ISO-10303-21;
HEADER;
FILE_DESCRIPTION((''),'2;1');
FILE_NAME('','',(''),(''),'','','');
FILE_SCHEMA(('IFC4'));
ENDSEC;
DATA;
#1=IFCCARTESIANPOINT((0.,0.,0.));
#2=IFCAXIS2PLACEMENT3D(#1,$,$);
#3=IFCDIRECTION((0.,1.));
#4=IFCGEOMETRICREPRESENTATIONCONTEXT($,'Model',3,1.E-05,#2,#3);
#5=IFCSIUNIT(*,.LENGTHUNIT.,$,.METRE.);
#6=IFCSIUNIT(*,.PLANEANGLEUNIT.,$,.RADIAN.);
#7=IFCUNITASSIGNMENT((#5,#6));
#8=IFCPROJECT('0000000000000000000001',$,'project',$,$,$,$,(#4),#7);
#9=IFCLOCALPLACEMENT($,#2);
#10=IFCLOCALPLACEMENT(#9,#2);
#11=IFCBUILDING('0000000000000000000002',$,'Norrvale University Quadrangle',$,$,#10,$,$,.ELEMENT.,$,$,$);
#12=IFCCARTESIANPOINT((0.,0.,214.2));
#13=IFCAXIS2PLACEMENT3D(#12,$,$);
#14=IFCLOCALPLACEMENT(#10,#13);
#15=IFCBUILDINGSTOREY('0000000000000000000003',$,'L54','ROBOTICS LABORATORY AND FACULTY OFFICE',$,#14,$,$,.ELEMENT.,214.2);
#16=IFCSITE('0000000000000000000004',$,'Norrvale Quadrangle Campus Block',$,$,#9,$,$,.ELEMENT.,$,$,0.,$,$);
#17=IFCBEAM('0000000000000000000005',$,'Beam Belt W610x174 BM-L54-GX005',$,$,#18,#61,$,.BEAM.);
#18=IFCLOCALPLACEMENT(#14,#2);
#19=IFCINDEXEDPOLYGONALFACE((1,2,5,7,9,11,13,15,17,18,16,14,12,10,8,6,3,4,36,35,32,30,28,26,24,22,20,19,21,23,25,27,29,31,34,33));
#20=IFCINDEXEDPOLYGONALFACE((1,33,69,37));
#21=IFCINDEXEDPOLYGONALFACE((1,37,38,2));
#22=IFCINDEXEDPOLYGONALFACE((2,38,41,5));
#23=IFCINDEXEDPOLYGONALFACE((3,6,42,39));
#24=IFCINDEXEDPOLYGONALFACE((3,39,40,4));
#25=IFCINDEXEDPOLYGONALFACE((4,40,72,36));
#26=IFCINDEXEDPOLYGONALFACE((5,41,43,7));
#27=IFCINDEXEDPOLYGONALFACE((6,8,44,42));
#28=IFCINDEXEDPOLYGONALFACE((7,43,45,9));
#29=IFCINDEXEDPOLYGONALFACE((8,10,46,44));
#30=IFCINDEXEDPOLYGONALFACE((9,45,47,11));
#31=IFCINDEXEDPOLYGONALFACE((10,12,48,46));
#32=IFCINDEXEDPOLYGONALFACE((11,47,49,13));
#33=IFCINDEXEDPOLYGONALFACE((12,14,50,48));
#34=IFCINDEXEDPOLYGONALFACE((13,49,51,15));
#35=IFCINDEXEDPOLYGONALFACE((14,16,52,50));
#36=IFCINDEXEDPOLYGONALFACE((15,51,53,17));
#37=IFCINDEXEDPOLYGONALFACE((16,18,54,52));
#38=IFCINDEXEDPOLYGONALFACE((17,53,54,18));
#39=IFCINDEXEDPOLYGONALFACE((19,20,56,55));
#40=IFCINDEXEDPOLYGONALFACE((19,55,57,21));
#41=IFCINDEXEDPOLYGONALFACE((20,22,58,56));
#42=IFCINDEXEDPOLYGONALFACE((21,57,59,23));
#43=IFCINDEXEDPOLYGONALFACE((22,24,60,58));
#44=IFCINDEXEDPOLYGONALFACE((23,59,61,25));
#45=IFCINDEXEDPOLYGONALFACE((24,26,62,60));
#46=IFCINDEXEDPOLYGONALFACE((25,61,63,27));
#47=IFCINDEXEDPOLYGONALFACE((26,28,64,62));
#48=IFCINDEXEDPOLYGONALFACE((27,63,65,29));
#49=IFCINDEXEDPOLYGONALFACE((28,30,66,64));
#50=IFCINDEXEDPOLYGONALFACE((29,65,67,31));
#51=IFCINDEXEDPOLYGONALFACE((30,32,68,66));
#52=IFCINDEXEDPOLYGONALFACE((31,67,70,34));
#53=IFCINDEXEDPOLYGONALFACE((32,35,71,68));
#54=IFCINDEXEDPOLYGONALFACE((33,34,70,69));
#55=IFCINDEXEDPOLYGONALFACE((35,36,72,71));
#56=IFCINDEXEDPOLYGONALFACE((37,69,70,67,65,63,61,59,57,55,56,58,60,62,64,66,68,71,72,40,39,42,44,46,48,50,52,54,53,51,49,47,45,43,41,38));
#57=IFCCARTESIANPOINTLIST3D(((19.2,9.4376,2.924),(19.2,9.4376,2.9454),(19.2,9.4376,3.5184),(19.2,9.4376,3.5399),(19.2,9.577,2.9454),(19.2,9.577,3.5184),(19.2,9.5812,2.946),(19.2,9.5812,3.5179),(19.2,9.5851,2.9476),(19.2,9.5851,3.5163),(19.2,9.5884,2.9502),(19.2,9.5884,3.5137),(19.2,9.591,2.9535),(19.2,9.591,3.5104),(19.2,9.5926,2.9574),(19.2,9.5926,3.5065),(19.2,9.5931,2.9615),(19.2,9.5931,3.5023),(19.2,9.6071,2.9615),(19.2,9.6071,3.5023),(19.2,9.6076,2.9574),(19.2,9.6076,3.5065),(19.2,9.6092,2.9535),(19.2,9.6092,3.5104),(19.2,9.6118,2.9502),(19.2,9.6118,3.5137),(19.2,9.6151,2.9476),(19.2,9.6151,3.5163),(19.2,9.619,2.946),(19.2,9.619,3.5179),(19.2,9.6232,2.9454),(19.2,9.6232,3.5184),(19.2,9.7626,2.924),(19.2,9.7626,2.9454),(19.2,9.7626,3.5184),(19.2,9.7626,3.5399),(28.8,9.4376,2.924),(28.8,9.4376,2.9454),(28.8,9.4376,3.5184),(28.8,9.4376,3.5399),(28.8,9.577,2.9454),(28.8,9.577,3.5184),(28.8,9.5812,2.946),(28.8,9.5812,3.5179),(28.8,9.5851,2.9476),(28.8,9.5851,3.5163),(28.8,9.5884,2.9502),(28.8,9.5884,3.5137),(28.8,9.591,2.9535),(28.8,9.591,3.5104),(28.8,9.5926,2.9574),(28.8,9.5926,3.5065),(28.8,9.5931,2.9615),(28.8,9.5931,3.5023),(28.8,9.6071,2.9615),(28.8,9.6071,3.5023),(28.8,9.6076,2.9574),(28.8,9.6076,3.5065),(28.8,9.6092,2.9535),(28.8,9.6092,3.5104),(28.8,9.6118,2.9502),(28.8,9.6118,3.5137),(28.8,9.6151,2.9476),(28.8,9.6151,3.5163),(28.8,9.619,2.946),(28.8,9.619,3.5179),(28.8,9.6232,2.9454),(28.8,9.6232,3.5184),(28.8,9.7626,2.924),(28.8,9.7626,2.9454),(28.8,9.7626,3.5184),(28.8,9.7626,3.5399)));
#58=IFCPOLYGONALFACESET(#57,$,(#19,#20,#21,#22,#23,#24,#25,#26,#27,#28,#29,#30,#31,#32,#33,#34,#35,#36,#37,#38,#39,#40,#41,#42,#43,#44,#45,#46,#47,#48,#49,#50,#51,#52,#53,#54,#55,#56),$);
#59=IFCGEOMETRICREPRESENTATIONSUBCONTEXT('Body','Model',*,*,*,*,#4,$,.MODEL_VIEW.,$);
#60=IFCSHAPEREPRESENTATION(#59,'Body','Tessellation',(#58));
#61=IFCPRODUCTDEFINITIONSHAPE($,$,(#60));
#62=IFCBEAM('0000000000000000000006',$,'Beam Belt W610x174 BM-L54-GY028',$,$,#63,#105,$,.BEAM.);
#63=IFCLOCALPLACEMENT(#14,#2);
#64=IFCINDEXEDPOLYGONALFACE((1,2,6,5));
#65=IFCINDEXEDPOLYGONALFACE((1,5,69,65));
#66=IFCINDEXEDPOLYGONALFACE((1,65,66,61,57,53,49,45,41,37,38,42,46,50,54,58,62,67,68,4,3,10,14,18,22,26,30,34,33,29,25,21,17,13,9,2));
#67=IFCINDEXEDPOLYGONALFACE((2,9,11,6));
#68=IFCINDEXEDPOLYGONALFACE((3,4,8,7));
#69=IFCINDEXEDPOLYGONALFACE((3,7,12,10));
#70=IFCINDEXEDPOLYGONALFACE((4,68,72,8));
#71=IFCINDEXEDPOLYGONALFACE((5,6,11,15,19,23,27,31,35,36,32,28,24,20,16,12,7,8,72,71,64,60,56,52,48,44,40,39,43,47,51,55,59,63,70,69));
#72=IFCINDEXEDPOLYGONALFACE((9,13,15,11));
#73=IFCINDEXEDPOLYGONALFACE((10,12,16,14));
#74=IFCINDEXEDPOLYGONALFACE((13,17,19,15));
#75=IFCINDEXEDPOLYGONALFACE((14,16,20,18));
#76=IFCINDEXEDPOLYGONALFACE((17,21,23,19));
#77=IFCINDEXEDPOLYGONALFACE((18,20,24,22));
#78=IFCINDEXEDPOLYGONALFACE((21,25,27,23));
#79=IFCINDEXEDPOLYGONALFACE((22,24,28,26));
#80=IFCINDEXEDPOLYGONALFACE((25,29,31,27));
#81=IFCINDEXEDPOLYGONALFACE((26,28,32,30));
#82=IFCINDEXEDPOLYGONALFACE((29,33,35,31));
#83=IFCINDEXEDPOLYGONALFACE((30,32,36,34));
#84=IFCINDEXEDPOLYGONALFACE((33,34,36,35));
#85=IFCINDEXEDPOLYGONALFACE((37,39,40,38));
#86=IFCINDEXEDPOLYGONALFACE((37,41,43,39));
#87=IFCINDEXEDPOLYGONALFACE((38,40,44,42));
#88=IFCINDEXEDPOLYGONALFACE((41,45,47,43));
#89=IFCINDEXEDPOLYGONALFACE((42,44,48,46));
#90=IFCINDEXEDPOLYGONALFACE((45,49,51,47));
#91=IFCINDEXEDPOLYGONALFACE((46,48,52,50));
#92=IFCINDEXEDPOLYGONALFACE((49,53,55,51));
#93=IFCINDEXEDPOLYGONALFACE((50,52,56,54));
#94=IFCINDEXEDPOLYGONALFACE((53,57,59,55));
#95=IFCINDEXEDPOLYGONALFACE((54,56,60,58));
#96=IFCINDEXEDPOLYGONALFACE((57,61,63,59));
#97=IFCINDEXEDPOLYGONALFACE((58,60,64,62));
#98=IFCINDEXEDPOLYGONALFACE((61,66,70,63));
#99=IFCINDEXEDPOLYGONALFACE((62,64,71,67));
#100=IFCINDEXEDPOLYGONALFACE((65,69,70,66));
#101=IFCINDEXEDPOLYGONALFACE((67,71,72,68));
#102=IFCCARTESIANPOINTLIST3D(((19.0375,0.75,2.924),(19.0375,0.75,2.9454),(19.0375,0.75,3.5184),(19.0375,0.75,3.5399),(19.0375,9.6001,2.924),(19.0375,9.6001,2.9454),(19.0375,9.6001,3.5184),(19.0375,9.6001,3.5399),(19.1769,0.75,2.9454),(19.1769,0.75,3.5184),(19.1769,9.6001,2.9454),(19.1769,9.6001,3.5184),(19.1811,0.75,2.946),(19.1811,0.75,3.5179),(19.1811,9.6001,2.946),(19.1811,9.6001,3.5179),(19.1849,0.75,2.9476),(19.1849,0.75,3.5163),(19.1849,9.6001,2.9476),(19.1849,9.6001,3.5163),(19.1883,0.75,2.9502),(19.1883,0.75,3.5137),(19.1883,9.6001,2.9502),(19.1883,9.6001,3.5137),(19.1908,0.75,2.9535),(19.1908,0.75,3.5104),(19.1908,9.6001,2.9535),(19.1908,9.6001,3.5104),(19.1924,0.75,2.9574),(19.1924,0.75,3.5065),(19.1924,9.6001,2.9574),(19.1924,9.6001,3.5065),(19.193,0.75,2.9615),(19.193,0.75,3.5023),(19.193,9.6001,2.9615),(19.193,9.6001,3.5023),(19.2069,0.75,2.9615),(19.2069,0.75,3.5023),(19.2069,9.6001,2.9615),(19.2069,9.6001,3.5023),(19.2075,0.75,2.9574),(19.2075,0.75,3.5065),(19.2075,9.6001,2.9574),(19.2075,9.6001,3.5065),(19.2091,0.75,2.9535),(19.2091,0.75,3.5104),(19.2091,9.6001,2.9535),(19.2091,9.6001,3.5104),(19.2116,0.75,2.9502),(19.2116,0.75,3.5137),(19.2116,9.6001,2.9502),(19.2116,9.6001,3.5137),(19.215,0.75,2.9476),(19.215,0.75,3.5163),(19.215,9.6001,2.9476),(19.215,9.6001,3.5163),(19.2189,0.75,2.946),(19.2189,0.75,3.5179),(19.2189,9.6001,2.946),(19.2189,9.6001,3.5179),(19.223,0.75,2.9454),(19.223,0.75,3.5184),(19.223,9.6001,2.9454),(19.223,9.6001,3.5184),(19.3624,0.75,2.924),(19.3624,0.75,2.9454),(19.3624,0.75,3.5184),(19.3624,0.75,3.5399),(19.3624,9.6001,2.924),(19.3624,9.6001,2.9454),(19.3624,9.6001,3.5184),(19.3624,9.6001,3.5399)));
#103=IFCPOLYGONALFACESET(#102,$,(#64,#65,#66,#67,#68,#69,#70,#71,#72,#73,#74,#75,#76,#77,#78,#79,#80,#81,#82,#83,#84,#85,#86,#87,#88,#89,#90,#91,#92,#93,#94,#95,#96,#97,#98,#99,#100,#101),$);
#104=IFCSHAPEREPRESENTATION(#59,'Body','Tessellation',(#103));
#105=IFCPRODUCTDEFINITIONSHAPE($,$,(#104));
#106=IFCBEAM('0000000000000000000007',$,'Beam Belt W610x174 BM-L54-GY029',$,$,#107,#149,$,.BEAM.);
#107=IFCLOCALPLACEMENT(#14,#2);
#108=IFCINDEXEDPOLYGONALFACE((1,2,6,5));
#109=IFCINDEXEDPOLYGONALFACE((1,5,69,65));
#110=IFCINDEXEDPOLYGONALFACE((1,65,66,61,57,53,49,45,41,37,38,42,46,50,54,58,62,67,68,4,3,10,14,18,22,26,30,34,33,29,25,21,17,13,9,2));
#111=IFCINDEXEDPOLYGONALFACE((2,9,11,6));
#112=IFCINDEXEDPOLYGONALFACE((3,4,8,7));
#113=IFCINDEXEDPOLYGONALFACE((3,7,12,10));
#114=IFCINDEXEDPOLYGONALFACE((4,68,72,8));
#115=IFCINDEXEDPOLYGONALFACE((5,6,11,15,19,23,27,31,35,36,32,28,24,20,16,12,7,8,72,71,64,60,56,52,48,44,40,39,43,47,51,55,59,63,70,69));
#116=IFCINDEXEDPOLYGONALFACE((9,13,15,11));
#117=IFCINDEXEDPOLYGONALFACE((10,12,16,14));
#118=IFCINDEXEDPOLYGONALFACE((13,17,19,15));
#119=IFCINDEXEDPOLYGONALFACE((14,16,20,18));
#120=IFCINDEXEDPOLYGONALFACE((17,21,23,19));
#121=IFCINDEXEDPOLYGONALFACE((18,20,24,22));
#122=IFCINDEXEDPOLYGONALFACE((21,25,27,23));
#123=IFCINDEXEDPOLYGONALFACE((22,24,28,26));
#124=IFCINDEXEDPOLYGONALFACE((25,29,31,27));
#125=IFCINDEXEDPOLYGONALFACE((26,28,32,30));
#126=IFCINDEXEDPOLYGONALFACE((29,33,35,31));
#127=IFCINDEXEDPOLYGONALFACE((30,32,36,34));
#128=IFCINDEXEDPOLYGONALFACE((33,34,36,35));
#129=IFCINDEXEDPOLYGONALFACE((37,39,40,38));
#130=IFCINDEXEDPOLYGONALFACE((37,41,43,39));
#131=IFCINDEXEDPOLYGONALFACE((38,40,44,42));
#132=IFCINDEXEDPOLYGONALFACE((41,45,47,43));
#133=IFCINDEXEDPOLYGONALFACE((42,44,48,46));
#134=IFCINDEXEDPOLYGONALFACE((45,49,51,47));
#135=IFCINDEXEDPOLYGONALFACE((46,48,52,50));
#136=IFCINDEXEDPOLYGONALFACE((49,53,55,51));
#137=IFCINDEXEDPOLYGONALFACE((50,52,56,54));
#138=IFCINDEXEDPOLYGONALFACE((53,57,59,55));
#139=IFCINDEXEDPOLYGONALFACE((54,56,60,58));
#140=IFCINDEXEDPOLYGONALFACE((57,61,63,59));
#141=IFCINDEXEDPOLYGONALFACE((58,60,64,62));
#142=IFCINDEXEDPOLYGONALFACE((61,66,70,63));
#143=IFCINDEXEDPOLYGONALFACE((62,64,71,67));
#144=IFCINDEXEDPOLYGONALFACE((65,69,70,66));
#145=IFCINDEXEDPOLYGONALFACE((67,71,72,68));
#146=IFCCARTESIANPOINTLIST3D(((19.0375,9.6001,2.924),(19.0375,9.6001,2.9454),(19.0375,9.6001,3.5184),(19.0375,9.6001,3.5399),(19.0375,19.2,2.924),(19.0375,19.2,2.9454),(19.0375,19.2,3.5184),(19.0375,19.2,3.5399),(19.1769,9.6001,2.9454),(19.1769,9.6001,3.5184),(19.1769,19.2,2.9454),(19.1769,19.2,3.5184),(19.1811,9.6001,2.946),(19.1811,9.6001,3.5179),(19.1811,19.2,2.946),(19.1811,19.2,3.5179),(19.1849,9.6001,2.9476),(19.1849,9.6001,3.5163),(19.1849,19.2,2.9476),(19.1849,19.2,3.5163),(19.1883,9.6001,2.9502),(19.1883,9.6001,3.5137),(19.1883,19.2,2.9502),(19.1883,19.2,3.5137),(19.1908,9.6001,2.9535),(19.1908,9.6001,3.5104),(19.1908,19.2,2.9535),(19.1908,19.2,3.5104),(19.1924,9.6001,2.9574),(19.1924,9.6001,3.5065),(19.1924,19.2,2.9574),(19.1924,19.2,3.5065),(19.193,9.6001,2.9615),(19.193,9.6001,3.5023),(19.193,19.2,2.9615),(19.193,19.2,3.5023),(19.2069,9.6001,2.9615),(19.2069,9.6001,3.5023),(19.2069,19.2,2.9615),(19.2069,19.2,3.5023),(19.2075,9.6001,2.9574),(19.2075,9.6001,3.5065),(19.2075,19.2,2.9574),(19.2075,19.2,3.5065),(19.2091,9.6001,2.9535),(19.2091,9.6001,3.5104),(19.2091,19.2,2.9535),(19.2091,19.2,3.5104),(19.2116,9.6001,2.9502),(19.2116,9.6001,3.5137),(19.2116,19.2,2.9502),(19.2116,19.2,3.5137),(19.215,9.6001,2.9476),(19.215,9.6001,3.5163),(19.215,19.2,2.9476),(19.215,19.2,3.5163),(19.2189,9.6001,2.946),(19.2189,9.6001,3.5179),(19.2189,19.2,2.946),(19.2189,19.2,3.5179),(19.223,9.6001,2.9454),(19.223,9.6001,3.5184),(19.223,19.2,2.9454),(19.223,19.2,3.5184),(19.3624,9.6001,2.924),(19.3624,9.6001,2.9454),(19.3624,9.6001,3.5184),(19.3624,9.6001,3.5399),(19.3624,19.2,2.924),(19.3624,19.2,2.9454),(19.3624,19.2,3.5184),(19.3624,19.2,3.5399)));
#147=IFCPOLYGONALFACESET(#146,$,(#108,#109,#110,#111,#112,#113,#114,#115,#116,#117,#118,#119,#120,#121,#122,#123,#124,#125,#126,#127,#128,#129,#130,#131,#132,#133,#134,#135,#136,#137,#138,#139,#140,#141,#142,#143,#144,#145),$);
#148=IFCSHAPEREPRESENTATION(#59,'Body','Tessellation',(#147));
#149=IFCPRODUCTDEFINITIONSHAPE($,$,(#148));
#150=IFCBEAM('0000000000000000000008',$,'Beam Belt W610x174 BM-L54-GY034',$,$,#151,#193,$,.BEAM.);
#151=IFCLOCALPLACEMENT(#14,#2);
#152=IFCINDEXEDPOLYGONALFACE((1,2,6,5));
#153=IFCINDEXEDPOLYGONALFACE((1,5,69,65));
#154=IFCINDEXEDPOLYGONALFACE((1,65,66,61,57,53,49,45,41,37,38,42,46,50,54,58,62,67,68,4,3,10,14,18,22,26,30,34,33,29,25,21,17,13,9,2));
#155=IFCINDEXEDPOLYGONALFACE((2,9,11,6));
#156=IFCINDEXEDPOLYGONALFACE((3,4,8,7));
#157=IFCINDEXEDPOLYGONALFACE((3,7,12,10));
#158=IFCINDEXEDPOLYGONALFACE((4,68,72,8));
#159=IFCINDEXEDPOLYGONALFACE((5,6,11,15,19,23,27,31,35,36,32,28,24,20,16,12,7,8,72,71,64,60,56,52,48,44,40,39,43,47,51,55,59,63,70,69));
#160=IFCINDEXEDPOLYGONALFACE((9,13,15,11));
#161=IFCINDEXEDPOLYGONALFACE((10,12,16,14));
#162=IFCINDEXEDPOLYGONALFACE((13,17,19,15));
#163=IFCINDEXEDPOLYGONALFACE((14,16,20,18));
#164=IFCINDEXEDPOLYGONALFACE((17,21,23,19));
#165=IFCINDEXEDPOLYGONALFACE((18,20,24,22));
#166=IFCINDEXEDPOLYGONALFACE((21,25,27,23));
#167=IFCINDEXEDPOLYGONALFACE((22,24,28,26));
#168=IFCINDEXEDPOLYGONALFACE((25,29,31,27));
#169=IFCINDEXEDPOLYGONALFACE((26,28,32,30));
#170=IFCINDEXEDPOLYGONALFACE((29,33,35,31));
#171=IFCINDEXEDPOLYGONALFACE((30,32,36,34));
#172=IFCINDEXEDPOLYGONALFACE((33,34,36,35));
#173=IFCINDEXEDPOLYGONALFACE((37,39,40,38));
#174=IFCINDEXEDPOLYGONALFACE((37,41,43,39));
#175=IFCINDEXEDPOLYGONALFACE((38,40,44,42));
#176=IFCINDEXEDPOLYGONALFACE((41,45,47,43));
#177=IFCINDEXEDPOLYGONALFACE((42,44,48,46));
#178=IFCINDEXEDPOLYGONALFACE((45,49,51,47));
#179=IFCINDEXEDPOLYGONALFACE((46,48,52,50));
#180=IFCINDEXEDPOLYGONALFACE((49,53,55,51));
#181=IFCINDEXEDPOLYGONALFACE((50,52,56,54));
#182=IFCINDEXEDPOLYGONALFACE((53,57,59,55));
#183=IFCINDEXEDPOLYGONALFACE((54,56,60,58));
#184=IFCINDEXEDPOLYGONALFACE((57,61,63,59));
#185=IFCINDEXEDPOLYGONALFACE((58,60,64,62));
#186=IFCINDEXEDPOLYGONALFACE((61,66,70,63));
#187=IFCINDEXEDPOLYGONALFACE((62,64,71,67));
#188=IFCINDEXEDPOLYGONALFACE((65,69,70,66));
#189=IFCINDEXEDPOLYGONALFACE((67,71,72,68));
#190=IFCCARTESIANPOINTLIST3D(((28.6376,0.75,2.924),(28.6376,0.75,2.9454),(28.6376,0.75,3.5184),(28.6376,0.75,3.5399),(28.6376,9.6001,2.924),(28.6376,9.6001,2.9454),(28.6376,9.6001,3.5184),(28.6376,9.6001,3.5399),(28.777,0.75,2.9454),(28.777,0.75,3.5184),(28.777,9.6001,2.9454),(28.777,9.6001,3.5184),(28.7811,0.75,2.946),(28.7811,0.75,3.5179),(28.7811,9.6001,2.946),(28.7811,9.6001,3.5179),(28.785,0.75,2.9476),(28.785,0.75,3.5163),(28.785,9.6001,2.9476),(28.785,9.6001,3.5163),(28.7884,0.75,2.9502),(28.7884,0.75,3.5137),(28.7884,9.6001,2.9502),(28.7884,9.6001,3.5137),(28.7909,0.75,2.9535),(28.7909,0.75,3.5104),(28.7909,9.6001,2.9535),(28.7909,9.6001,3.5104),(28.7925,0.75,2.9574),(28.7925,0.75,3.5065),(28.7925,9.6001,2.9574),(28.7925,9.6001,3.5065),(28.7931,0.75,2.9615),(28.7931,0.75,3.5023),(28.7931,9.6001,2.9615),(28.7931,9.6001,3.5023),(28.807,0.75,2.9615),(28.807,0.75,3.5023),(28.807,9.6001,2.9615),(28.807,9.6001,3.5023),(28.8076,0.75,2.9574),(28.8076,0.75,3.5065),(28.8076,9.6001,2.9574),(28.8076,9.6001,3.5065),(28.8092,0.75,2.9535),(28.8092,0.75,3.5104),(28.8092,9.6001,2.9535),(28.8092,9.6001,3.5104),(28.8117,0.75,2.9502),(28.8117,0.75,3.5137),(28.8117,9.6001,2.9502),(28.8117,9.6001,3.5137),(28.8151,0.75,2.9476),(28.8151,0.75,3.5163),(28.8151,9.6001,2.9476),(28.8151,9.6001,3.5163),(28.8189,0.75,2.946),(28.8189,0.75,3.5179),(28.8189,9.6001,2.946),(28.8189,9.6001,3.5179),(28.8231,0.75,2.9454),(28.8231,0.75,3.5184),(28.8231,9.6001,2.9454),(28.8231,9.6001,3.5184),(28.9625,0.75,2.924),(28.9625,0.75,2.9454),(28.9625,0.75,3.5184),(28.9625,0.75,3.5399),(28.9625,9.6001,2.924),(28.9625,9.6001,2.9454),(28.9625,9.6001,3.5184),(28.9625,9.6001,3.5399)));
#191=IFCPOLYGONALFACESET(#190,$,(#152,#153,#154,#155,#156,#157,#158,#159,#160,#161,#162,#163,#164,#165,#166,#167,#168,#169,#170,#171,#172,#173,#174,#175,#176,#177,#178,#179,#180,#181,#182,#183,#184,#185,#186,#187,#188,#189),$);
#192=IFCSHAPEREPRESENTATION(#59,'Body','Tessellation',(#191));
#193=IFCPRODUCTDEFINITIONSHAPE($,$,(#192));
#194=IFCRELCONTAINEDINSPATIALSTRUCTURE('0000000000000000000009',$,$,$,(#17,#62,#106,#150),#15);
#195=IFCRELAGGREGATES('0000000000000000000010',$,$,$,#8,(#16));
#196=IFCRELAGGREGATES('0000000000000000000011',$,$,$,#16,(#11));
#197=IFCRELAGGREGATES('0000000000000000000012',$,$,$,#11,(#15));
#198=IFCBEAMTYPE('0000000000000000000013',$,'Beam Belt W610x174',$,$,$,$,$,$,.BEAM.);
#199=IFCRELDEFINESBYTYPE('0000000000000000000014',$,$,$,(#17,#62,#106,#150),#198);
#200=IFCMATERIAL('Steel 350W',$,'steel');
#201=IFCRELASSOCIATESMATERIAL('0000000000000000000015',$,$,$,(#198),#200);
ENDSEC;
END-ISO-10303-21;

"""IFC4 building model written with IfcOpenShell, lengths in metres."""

from ifc_helpers import new_model, si_unit, direction, frame, origin, origin_2d, place, context, subcontext, project, spatial, i_section, extrude, material, material_profile, profile_set, type_object, element, save


model = new_model("IFC4")

# Units and contexts
model_context = context("Model", 3, precision=1e-05, world=origin(), true_north=direction((0.0, 1.0)))
body_context = subcontext(model_context, "Body", "Model", "MODEL_VIEW")
ifc_project = project(units=[si_unit("LENGTHUNIT", "METRE"), si_unit("PLANEANGLEUNIT", "RADIAN")], contexts=[model_context])

# Site, building, storey
site_placement = place(None, origin())
site = spatial("IfcSite", under=ifc_project, at=site_placement, Name="Norrvale Quadrangle Campus Block", CompositionType="ELEMENT", RefElevation=0.0)
building_placement = place(site_placement, origin())
building = spatial("IfcBuilding", under=site, at=building_placement, Name="Norrvale University Quadrangle", CompositionType="ELEMENT")
storey_placement = place(building_placement, frame((0.0, 0.0, 214.2)))
storey = spatial("IfcBuildingStorey", under=building, at=storey_placement, Name="L54", Description="ROBOTICS LABORATORY AND FACULTY OFFICE", CompositionType="ELEMENT", Elevation=214.2)

# Beams
ifc_material_1 = material(Name="Steel 350W", Category="steel")
ifc_material_profile_1 = material_profile(ifc_material_1, i_section(OverallWidth=0.325, OverallDepth=0.616, WebThickness=0.0139, FlangeThickness=0.0215, FilletRadius=0.0161, at=origin_2d()), Name="Steel 350W")
ifc_profile_set_1 = profile_set([ifc_material_profile_1], Name="Steel 350W")
beam_type_1 = type_object("IfcBeamType", Name="Beam Belt W610x174", PredefinedType="BEAM", material=ifc_profile_set_1)
beam_1_placement = place(storey_placement, frame((19.2, 9.6001, 3.2319), z_axis=(1.0, 0.0, 0.0), x_axis=(0.0, 1.0, 0.0)))
element("IfcBeam", 1, at=beam_1_placement, inside=storey, type_object=beam_type_1, Name="Beam Belt W610x174 BM-L54-GX005", PredefinedType="BEAM", context=body_context, shape_type="SweptSolid", body=[
    extrude(i_section(OverallWidth=0.325, OverallDepth=0.616, WebThickness=0.0139, FlangeThickness=0.0215, FilletRadius=0.0161, at=origin_2d()), origin(), (0.0, 0.0, 1.0), 9.6001),
])
beam_2_placement = place(storey_placement, frame((19.2, 0.75, 3.2319), z_axis=(0.0, 1.0, 0.0), x_axis=(-1.0, 0.0, 0.0)))
element("IfcBeam", 2, at=beam_2_placement, inside=storey, type_object=beam_type_1, Name="Beam Belt W610x174 BM-L54-GY028", PredefinedType="BEAM", context=body_context, shape_type="SweptSolid", body=[
    extrude(i_section(OverallWidth=0.325, OverallDepth=0.616, WebThickness=0.0139, FlangeThickness=0.0215, FilletRadius=0.0161, at=origin_2d()), origin(), (0.0, 0.0, 1.0), 8.8501),
])
beam_3_placement = place(storey_placement, frame((19.2, 9.6001, 3.2319), z_axis=(0.0, 1.0, 0.0), x_axis=(-1.0, 0.0, 0.0)))
element("IfcBeam", 3, at=beam_3_placement, inside=storey, type_object=beam_type_1, Name="Beam Belt W610x174 BM-L54-GY029", PredefinedType="BEAM", context=body_context, shape_type="SweptSolid", body=[
    extrude(i_section(OverallWidth=0.325, OverallDepth=0.616, WebThickness=0.0139, FlangeThickness=0.0215, FilletRadius=0.0161, at=origin_2d()), origin(), (0.0, 0.0, 1.0), 9.5999),
])
beam_4_placement = place(storey_placement, frame((28.8, 0.75, 3.2319), z_axis=(0.0, 1.0, 0.0), x_axis=(-1.0, 0.0, 0.0)))
element("IfcBeam", 4, at=beam_4_placement, inside=storey, type_object=beam_type_1, Name="Beam Belt W610x174 BM-L54-GY034", PredefinedType="BEAM", context=body_context, shape_type="SweptSolid", body=[
    extrude(i_section(OverallWidth=0.325, OverallDepth=0.616, WebThickness=0.0139, FlangeThickness=0.0215, FilletRadius=0.0161, at=origin_2d()), origin(), (0.0, 0.0, 1.0), 8.8501),
])

save(model, "model.ifc")
